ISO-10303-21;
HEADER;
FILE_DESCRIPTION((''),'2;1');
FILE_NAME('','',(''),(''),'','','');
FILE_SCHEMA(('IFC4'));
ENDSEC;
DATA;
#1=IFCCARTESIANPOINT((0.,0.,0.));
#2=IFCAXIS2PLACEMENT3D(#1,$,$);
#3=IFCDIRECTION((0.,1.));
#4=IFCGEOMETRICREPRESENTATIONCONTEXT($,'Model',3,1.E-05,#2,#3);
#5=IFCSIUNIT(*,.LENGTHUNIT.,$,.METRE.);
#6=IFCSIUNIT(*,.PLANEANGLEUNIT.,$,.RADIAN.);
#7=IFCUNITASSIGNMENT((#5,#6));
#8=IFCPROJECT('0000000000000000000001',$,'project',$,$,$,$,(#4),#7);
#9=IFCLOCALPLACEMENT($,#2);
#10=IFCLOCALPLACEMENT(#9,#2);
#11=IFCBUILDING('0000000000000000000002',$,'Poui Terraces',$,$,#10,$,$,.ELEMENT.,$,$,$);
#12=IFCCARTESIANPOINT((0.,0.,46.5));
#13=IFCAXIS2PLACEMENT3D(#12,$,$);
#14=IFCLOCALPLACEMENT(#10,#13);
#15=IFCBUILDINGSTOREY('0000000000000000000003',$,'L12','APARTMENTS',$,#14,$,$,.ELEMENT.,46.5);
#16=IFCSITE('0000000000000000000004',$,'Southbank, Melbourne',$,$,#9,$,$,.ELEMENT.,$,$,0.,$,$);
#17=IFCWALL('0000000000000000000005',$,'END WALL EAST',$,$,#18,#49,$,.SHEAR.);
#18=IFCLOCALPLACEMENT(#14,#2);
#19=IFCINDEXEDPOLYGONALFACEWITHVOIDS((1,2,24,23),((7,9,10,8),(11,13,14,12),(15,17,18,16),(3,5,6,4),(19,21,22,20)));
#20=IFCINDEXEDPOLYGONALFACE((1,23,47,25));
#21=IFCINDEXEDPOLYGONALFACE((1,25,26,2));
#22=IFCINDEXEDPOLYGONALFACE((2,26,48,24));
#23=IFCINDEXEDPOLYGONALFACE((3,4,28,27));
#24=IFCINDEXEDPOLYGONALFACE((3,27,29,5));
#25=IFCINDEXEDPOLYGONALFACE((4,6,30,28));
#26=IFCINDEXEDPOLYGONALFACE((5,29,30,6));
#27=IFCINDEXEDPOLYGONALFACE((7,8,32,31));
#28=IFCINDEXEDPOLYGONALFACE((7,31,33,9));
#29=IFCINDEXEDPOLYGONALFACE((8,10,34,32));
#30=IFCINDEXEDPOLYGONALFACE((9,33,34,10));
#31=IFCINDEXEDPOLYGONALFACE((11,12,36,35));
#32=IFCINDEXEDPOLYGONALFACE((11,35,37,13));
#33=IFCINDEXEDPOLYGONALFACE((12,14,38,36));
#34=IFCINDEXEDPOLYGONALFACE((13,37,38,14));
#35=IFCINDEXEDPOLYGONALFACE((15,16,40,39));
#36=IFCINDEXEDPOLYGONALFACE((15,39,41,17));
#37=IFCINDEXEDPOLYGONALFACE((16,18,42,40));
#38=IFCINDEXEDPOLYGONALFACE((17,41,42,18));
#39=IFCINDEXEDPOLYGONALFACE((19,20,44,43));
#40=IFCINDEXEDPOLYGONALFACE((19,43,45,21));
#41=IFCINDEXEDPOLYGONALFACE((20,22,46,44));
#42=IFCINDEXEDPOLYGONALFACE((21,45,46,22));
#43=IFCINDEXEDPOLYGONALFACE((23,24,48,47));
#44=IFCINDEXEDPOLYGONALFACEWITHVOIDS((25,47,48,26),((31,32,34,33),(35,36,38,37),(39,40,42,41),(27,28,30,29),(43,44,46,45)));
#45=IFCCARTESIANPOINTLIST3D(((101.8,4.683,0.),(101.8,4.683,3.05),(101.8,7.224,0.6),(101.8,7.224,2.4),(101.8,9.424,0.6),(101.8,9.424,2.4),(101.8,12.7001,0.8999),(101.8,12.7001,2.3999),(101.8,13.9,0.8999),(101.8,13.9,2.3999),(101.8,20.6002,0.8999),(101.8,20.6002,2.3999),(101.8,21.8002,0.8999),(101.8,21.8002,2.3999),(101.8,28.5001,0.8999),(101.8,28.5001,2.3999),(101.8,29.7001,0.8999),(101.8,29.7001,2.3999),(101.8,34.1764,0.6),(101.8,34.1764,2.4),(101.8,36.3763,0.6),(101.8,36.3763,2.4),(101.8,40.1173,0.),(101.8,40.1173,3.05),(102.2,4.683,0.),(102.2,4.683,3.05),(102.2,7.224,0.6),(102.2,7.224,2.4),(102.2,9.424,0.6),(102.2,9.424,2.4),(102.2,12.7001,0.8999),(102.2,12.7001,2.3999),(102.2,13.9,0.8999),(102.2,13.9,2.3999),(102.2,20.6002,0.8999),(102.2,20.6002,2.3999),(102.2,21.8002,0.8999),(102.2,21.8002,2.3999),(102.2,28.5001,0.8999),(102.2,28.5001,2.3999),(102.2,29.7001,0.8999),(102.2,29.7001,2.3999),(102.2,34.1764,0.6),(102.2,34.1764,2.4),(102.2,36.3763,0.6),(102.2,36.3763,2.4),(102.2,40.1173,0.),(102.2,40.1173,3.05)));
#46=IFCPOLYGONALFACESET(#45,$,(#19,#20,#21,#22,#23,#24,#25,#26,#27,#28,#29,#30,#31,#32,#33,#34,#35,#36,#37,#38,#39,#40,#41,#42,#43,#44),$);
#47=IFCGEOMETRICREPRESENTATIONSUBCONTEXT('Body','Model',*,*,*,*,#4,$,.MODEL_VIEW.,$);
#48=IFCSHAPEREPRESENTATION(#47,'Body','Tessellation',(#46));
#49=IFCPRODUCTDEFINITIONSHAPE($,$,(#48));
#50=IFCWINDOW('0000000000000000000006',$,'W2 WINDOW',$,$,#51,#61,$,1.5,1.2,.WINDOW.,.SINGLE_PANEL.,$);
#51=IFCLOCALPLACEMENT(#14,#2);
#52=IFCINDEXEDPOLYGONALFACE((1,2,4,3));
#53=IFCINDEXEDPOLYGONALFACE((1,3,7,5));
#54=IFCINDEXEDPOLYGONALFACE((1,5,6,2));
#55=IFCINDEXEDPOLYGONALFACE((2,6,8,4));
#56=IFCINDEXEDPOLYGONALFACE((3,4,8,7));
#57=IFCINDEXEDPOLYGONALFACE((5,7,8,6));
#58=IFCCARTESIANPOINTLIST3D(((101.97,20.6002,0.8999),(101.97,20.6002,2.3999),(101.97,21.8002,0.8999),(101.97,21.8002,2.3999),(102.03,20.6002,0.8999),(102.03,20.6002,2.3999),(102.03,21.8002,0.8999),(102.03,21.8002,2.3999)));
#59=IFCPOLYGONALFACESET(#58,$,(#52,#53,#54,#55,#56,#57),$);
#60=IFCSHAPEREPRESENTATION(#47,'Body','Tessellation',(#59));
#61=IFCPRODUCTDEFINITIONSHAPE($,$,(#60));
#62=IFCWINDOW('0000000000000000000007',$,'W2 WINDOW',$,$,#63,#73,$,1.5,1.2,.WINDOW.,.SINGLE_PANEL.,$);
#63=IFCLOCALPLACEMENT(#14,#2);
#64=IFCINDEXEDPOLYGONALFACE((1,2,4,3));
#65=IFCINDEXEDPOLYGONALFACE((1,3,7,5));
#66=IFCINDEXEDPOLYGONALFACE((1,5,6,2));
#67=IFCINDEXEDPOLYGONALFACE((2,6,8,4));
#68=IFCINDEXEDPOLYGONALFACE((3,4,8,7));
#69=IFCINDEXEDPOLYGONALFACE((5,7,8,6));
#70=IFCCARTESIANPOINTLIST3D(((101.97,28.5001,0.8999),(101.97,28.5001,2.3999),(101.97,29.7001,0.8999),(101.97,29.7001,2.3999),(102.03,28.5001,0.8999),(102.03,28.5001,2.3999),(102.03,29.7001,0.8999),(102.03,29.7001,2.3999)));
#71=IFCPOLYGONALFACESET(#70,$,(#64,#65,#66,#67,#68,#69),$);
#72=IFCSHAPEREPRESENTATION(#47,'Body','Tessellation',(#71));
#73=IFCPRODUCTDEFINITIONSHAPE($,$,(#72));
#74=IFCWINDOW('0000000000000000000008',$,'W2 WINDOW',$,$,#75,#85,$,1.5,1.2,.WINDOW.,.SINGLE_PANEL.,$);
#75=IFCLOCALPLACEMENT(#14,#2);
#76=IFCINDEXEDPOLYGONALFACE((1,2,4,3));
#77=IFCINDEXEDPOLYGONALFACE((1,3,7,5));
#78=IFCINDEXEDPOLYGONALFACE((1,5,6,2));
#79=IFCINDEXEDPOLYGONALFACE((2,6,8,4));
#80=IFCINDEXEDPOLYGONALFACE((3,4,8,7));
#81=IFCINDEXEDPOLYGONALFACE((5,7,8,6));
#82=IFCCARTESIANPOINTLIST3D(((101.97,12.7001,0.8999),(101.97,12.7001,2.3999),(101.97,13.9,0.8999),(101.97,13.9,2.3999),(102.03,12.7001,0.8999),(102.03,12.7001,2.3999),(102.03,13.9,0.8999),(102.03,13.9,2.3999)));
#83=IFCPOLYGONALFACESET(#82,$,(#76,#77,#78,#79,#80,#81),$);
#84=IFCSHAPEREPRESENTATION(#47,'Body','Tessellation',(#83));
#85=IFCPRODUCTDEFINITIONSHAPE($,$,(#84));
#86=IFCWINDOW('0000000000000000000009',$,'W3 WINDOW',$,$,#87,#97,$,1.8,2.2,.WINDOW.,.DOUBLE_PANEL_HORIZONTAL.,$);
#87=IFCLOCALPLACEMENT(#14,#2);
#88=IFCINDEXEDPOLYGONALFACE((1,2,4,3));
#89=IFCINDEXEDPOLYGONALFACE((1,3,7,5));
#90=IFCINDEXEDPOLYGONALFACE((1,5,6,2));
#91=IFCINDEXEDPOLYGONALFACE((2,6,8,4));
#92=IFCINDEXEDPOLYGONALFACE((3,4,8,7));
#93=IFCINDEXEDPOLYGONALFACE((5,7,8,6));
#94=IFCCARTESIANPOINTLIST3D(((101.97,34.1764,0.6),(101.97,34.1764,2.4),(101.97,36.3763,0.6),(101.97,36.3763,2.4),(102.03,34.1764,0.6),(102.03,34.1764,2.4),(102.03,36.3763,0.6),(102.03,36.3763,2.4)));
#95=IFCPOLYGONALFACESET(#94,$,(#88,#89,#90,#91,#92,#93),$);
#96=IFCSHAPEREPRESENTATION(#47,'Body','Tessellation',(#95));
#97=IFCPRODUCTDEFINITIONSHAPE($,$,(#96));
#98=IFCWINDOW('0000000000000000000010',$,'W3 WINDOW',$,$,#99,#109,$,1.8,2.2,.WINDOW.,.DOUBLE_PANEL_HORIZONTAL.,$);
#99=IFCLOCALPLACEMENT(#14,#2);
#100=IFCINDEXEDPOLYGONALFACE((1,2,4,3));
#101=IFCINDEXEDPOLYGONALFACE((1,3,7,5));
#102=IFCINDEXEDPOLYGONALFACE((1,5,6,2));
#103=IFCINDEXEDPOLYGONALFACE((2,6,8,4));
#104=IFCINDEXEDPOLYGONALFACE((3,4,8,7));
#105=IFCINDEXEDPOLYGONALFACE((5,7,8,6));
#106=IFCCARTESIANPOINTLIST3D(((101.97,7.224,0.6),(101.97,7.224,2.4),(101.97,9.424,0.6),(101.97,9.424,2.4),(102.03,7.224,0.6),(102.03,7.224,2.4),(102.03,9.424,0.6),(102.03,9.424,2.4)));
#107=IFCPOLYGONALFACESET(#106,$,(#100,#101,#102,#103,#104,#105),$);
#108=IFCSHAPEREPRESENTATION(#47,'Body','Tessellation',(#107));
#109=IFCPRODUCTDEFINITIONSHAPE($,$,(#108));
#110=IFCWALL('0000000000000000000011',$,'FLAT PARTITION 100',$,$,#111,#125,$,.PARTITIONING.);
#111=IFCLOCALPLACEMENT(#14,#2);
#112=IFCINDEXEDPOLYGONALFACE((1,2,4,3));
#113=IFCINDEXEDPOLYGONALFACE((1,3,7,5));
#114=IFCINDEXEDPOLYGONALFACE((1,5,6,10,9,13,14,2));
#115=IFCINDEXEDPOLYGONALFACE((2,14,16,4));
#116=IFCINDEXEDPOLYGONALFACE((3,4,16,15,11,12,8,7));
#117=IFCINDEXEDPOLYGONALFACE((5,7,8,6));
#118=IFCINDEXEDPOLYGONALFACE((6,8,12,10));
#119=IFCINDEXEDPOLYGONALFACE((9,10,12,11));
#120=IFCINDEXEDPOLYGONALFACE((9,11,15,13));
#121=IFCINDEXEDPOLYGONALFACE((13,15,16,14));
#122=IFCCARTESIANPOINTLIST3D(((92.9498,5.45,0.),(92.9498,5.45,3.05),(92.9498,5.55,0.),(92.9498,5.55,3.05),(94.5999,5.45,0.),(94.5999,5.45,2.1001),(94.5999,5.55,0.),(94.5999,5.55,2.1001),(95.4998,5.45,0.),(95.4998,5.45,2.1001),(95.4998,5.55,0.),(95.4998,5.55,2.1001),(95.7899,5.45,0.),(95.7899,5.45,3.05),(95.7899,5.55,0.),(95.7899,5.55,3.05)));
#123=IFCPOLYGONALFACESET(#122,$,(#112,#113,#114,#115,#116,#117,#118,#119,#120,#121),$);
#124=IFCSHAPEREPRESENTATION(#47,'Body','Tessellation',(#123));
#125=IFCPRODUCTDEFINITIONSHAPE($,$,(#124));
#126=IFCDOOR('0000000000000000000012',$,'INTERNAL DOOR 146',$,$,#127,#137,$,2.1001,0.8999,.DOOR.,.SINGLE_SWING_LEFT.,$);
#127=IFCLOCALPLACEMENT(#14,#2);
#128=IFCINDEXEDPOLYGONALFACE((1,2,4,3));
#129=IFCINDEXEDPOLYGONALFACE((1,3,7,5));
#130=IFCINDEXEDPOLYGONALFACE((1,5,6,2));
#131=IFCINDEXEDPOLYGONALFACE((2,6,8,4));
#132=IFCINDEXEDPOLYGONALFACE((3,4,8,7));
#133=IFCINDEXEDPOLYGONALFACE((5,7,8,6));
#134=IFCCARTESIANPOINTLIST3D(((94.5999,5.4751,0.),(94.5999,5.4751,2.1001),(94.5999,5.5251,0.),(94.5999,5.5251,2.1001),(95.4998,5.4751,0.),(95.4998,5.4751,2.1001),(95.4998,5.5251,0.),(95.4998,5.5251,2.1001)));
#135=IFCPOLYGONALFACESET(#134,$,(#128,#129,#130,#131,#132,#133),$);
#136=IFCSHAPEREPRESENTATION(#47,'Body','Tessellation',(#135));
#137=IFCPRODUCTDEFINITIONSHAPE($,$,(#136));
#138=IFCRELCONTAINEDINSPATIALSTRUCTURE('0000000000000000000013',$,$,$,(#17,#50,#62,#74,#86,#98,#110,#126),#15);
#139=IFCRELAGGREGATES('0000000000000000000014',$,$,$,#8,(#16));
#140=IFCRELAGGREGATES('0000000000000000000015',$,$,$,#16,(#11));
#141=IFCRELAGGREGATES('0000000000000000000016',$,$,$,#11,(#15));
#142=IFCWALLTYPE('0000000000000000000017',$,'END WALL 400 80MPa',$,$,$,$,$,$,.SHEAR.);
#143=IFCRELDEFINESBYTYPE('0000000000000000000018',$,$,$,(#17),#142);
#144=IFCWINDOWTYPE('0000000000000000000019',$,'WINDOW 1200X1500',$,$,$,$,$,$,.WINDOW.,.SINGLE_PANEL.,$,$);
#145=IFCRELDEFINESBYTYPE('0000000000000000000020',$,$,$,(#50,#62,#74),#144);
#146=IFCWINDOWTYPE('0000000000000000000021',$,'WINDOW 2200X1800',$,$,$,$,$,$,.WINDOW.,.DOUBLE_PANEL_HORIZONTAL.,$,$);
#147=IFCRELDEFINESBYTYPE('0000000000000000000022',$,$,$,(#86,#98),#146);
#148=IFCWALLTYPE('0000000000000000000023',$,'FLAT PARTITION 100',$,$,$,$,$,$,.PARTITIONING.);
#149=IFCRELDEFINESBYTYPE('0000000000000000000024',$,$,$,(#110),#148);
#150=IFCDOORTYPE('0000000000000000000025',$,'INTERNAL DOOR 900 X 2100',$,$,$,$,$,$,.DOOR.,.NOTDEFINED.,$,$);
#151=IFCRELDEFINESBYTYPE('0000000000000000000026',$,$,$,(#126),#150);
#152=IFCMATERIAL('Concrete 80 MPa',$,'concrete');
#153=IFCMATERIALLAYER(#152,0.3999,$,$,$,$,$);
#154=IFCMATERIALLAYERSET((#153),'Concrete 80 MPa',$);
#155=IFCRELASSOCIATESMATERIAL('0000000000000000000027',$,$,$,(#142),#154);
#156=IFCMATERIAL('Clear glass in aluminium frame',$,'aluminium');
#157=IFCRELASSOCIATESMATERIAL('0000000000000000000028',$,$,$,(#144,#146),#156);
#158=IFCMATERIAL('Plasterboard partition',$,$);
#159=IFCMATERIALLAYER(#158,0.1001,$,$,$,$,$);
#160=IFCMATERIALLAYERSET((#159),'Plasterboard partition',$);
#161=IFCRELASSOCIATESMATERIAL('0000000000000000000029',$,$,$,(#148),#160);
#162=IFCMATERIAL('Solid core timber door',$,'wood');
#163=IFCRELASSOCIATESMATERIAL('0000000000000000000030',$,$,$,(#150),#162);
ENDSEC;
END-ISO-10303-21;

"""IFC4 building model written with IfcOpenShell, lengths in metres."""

from ifc_helpers import new_model, si_unit, direction, frame, frame_2d, origin, place, context, subcontext, project, spatial, rectangle, extrude, material, layer, layer_set, type_object, element, fill, save


model = new_model("IFC4")

# Units and contexts
model_context = context("Model", 3, precision=1e-05, world=origin(), true_north=direction((0.0, 1.0)))
body_context = subcontext(model_context, "Body", "Model", "MODEL_VIEW")
ifc_project = project(units=[si_unit("LENGTHUNIT", "METRE"), si_unit("PLANEANGLEUNIT", "RADIAN")], contexts=[model_context])

# Site, building, storey
site_placement = place(None, origin())
site = spatial("IfcSite", under=ifc_project, at=site_placement, Name="Southbank, Melbourne", CompositionType="ELEMENT", RefElevation=0.0)
building_placement = place(site_placement, origin())
building = spatial("IfcBuilding", under=site, at=building_placement, Name="Poui Terraces", CompositionType="ELEMENT")
storey_placement = place(building_placement, frame((0.0, 0.0, 46.5)))
storey = spatial("IfcBuildingStorey", under=building, at=storey_placement, Name="L12", Description="APARTMENTS", CompositionType="ELEMENT", Elevation=46.5)

# Shared definitions
ifc_material_1 = material(Name="Concrete 80 MPa", Category="concrete")

# Shared definitions
ifc_material_2 = material(Name="Solid core timber door", Category="wood")

# Wall, openings, windows
ifc_layer_1 = layer(ifc_material_1, 0.3999)
ifc_layer_set_1 = layer_set([ifc_layer_1], Name="Concrete 80 MPa")
wall_type_1 = type_object("IfcWallType", Name="END WALL 400 80MPa", PredefinedType="SHEAR", material=ifc_layer_set_1)
wall_1_placement = place(storey_placement, frame((102.0, 4.6829, 0.0), z_axis=(0.0, 0.0, 1.0), x_axis=(0.0, 1.0, 0.0)))
wall_1 = element("IfcWall", 1, at=wall_1_placement, inside=storey, type_object=wall_type_1, Name="END WALL EAST", PredefinedType="SHEAR", context=body_context, shape_type="SweptSolid", body=[
    extrude(rectangle(XDim=35.4343, YDim=0.3999, at=frame_2d((17.7173, 0.0))), origin(), (0.0, 0.0, 1.0), 3.05),
])
opening_1_placement = place(wall_1_placement, frame((15.9172, 0.0, 0.8999)))
opening_1 = element("IfcOpeningElement", 2, at=opening_1_placement, cuts=wall_1, PredefinedType="OPENING", context=body_context, shape_type="SweptSolid", body=[
    extrude(rectangle(XDim=1.2, YDim=1.5, at=frame_2d((0.6001, 0.75))), frame((0.0, 0.21, 0.0), z_axis=(0.0, -1.0, 0.0), x_axis=(1.0, 0.0, 0.0)), (0.0, 0.0, 1.0), 0.4199),
])
opening_2_placement = place(wall_1_placement, frame((23.8171, 0.0, 0.8999)))
opening_2 = element("IfcOpeningElement", 3, at=opening_2_placement, cuts=wall_1, PredefinedType="OPENING", context=body_context, shape_type="SweptSolid", body=[
    extrude(rectangle(XDim=1.2, YDim=1.5, at=frame_2d((0.6001, 0.75))), frame((0.0, 0.21, 0.0), z_axis=(0.0, -1.0, 0.0), x_axis=(1.0, 0.0, 0.0)), (0.0, 0.0, 1.0), 0.4199),
])
opening_3_placement = place(wall_1_placement, frame((8.0171, 0.0, 0.8999)))
opening_3 = element("IfcOpeningElement", 4, at=opening_3_placement, cuts=wall_1, PredefinedType="OPENING", context=body_context, shape_type="SweptSolid", body=[
    extrude(rectangle(XDim=1.2, YDim=1.5, at=frame_2d((0.6001, 0.75))), frame((0.0, 0.21, 0.0), z_axis=(0.0, -1.0, 0.0), x_axis=(1.0, 0.0, 0.0)), (0.0, 0.0, 1.0), 0.4199),
])
opening_4_placement = place(wall_1_placement, frame((29.4934, 0.0, 0.6001)))
opening_4 = element("IfcOpeningElement", 5, at=opening_4_placement, cuts=wall_1, PredefinedType="OPENING", context=body_context, shape_type="SweptSolid", body=[
    extrude(rectangle(XDim=2.2, YDim=1.8, at=frame_2d((1.1001, 0.8999))), frame((0.0, 0.21, 0.0), z_axis=(0.0, -1.0, 0.0), x_axis=(1.0, 0.0, 0.0)), (0.0, 0.0, 1.0), 0.4199),
])
opening_5_placement = place(wall_1_placement, frame((2.541, 0.0, 0.6001)))
opening_5 = element("IfcOpeningElement", 6, at=opening_5_placement, cuts=wall_1, PredefinedType="OPENING", context=body_context, shape_type="SweptSolid", body=[
    extrude(rectangle(XDim=2.2, YDim=1.8, at=frame_2d((1.1001, 0.8999))), frame((0.0, 0.21, 0.0), z_axis=(0.0, -1.0, 0.0), x_axis=(1.0, 0.0, 0.0)), (0.0, 0.0, 1.0), 0.4199),
])
ifc_material_3 = material(Name="Clear glass in aluminium frame", Category="aluminium")
window_type_1 = type_object("IfcWindowType", Name="WINDOW 1200X1500", PartitioningType="SINGLE_PANEL", PredefinedType="WINDOW", material=ifc_material_3)
window_1_placement = place(opening_1_placement, origin())
window_1 = element("IfcWindow", 7, at=window_1_placement, inside=storey, type_object=window_type_1, Name="W2 WINDOW", OverallHeight=1.5, OverallWidth=1.2, PartitioningType="SINGLE_PANEL", PredefinedType="WINDOW", context=body_context, shape_type="SweptSolid", body=[
    extrude(rectangle(XDim=1.2, YDim=1.5, at=frame_2d((0.6001, 0.75))), frame((0.0, 0.03, 0.0), z_axis=(0.0, -1.0, 0.0), x_axis=(1.0, 0.0, 0.0)), (0.0, 0.0, 1.0), 0.0601),
])
fill(opening_1, window_1)
window_2_placement = place(opening_2_placement, origin())
window_2 = element("IfcWindow", 8, at=window_2_placement, inside=storey, type_object=window_type_1, Name="W2 WINDOW", OverallHeight=1.5, OverallWidth=1.2, PartitioningType="SINGLE_PANEL", PredefinedType="WINDOW", context=body_context, shape_type="SweptSolid", body=[
    extrude(rectangle(XDim=1.2, YDim=1.5, at=frame_2d((0.6001, 0.75))), frame((0.0, 0.03, 0.0), z_axis=(0.0, -1.0, 0.0), x_axis=(1.0, 0.0, 0.0)), (0.0, 0.0, 1.0), 0.0601),
])
fill(opening_2, window_2)
window_3_placement = place(opening_3_placement, origin())
window_3 = element("IfcWindow", 9, at=window_3_placement, inside=storey, type_object=window_type_1, Name="W2 WINDOW", OverallHeight=1.5, OverallWidth=1.2, PartitioningType="SINGLE_PANEL", PredefinedType="WINDOW", context=body_context, shape_type="SweptSolid", body=[
    extrude(rectangle(XDim=1.2, YDim=1.5, at=frame_2d((0.6001, 0.75))), frame((0.0, 0.03, 0.0), z_axis=(0.0, -1.0, 0.0), x_axis=(1.0, 0.0, 0.0)), (0.0, 0.0, 1.0), 0.0601),
])
fill(opening_3, window_3)
window_type_2 = type_object("IfcWindowType", Name="WINDOW 2200X1800", PartitioningType="DOUBLE_PANEL_HORIZONTAL", PredefinedType="WINDOW", material=ifc_material_3)
window_4_placement = place(opening_4_placement, origin())
window_4 = element("IfcWindow", 10, at=window_4_placement, inside=storey, type_object=window_type_2, Name="W3 WINDOW", OverallHeight=1.8, OverallWidth=2.2, PartitioningType="DOUBLE_PANEL_HORIZONTAL", PredefinedType="WINDOW", context=body_context, shape_type="SweptSolid", body=[
    extrude(rectangle(XDim=2.2, YDim=1.8, at=frame_2d((1.1001, 0.8999))), frame((0.0, 0.03, 0.0), z_axis=(0.0, -1.0, 0.0), x_axis=(1.0, 0.0, 0.0)), (0.0, 0.0, 1.0), 0.0601),
])
fill(opening_4, window_4)
window_5_placement = place(opening_5_placement, origin())
window_5 = element("IfcWindow", 11, at=window_5_placement, inside=storey, type_object=window_type_2, Name="W3 WINDOW", OverallHeight=1.8, OverallWidth=2.2, PartitioningType="DOUBLE_PANEL_HORIZONTAL", PredefinedType="WINDOW", context=body_context, shape_type="SweptSolid", body=[
    extrude(rectangle(XDim=2.2, YDim=1.8, at=frame_2d((1.1001, 0.8999))), frame((0.0, 0.03, 0.0), z_axis=(0.0, -1.0, 0.0), x_axis=(1.0, 0.0, 0.0)), (0.0, 0.0, 1.0), 0.0601),
])
fill(opening_5, window_5)

# Wall, opening, door
ifc_material_4 = material(Name="Plasterboard partition")
ifc_layer_2 = layer(ifc_material_4, 0.1001)
ifc_layer_set_2 = layer_set([ifc_layer_2], Name="Plasterboard partition")
wall_type_2 = type_object("IfcWallType", Name="FLAT PARTITION 100", PredefinedType="PARTITIONING", material=ifc_layer_set_2)
wall_2_placement = place(storey_placement, frame((92.95, 5.5, 0.0), z_axis=(0.0, 0.0, 1.0), x_axis=(1.0, 0.0, 0.0)))
wall_2 = element("IfcWall", 12, at=wall_2_placement, inside=storey, type_object=wall_type_2, Name="FLAT PARTITION 100", PredefinedType="PARTITIONING", context=body_context, shape_type="SweptSolid", body=[
    extrude(rectangle(XDim=2.8401, YDim=0.1001, at=frame_2d((1.4199, 0.0))), origin(), (0.0, 0.0, 1.0), 3.05),
])
opening_6_placement = place(wall_2_placement, frame((1.6499, 0.0, 0.0)))
opening_6 = element("IfcOpeningElement", 13, at=opening_6_placement, cuts=wall_2, PredefinedType="OPENING", context=body_context, shape_type="SweptSolid", body=[
    extrude(rectangle(XDim=0.8999, YDim=2.1001, at=frame_2d((0.45, 1.05))), frame((0.0, 0.0601, 0.0), z_axis=(0.0, -1.0, 0.0), x_axis=(1.0, 0.0, 0.0)), (0.0, 0.0, 1.0), 0.1201),
])
door_type_1 = type_object("IfcDoorType", Name="INTERNAL DOOR 900 X 2100", OperationType="NOTDEFINED", PredefinedType="DOOR", material=ifc_material_2)
door_1_placement = place(opening_6_placement, frame((0.8999, 0.0, 0.0), z_axis=(0.0, 0.0, 1.0), x_axis=(-1.0, 0.0, 0.0)))
door_1 = element("IfcDoor", 14, at=door_1_placement, inside=storey, type_object=door_type_1, Name="INTERNAL DOOR 146", OperationType="SINGLE_SWING_LEFT", OverallHeight=2.1001, OverallWidth=0.8999, PredefinedType="DOOR", context=body_context, shape_type="SweptSolid", body=[
    extrude(rectangle(XDim=0.8999, YDim=2.1001, at=frame_2d((0.45, 1.05))), frame((0.0, 0.0249, 0.0), z_axis=(0.0, -1.0, 0.0), x_axis=(1.0, 0.0, 0.0)), (0.0, 0.0, 1.0), 0.05),
])
fill(opening_6, door_1)

save(model, "model.ifc")
